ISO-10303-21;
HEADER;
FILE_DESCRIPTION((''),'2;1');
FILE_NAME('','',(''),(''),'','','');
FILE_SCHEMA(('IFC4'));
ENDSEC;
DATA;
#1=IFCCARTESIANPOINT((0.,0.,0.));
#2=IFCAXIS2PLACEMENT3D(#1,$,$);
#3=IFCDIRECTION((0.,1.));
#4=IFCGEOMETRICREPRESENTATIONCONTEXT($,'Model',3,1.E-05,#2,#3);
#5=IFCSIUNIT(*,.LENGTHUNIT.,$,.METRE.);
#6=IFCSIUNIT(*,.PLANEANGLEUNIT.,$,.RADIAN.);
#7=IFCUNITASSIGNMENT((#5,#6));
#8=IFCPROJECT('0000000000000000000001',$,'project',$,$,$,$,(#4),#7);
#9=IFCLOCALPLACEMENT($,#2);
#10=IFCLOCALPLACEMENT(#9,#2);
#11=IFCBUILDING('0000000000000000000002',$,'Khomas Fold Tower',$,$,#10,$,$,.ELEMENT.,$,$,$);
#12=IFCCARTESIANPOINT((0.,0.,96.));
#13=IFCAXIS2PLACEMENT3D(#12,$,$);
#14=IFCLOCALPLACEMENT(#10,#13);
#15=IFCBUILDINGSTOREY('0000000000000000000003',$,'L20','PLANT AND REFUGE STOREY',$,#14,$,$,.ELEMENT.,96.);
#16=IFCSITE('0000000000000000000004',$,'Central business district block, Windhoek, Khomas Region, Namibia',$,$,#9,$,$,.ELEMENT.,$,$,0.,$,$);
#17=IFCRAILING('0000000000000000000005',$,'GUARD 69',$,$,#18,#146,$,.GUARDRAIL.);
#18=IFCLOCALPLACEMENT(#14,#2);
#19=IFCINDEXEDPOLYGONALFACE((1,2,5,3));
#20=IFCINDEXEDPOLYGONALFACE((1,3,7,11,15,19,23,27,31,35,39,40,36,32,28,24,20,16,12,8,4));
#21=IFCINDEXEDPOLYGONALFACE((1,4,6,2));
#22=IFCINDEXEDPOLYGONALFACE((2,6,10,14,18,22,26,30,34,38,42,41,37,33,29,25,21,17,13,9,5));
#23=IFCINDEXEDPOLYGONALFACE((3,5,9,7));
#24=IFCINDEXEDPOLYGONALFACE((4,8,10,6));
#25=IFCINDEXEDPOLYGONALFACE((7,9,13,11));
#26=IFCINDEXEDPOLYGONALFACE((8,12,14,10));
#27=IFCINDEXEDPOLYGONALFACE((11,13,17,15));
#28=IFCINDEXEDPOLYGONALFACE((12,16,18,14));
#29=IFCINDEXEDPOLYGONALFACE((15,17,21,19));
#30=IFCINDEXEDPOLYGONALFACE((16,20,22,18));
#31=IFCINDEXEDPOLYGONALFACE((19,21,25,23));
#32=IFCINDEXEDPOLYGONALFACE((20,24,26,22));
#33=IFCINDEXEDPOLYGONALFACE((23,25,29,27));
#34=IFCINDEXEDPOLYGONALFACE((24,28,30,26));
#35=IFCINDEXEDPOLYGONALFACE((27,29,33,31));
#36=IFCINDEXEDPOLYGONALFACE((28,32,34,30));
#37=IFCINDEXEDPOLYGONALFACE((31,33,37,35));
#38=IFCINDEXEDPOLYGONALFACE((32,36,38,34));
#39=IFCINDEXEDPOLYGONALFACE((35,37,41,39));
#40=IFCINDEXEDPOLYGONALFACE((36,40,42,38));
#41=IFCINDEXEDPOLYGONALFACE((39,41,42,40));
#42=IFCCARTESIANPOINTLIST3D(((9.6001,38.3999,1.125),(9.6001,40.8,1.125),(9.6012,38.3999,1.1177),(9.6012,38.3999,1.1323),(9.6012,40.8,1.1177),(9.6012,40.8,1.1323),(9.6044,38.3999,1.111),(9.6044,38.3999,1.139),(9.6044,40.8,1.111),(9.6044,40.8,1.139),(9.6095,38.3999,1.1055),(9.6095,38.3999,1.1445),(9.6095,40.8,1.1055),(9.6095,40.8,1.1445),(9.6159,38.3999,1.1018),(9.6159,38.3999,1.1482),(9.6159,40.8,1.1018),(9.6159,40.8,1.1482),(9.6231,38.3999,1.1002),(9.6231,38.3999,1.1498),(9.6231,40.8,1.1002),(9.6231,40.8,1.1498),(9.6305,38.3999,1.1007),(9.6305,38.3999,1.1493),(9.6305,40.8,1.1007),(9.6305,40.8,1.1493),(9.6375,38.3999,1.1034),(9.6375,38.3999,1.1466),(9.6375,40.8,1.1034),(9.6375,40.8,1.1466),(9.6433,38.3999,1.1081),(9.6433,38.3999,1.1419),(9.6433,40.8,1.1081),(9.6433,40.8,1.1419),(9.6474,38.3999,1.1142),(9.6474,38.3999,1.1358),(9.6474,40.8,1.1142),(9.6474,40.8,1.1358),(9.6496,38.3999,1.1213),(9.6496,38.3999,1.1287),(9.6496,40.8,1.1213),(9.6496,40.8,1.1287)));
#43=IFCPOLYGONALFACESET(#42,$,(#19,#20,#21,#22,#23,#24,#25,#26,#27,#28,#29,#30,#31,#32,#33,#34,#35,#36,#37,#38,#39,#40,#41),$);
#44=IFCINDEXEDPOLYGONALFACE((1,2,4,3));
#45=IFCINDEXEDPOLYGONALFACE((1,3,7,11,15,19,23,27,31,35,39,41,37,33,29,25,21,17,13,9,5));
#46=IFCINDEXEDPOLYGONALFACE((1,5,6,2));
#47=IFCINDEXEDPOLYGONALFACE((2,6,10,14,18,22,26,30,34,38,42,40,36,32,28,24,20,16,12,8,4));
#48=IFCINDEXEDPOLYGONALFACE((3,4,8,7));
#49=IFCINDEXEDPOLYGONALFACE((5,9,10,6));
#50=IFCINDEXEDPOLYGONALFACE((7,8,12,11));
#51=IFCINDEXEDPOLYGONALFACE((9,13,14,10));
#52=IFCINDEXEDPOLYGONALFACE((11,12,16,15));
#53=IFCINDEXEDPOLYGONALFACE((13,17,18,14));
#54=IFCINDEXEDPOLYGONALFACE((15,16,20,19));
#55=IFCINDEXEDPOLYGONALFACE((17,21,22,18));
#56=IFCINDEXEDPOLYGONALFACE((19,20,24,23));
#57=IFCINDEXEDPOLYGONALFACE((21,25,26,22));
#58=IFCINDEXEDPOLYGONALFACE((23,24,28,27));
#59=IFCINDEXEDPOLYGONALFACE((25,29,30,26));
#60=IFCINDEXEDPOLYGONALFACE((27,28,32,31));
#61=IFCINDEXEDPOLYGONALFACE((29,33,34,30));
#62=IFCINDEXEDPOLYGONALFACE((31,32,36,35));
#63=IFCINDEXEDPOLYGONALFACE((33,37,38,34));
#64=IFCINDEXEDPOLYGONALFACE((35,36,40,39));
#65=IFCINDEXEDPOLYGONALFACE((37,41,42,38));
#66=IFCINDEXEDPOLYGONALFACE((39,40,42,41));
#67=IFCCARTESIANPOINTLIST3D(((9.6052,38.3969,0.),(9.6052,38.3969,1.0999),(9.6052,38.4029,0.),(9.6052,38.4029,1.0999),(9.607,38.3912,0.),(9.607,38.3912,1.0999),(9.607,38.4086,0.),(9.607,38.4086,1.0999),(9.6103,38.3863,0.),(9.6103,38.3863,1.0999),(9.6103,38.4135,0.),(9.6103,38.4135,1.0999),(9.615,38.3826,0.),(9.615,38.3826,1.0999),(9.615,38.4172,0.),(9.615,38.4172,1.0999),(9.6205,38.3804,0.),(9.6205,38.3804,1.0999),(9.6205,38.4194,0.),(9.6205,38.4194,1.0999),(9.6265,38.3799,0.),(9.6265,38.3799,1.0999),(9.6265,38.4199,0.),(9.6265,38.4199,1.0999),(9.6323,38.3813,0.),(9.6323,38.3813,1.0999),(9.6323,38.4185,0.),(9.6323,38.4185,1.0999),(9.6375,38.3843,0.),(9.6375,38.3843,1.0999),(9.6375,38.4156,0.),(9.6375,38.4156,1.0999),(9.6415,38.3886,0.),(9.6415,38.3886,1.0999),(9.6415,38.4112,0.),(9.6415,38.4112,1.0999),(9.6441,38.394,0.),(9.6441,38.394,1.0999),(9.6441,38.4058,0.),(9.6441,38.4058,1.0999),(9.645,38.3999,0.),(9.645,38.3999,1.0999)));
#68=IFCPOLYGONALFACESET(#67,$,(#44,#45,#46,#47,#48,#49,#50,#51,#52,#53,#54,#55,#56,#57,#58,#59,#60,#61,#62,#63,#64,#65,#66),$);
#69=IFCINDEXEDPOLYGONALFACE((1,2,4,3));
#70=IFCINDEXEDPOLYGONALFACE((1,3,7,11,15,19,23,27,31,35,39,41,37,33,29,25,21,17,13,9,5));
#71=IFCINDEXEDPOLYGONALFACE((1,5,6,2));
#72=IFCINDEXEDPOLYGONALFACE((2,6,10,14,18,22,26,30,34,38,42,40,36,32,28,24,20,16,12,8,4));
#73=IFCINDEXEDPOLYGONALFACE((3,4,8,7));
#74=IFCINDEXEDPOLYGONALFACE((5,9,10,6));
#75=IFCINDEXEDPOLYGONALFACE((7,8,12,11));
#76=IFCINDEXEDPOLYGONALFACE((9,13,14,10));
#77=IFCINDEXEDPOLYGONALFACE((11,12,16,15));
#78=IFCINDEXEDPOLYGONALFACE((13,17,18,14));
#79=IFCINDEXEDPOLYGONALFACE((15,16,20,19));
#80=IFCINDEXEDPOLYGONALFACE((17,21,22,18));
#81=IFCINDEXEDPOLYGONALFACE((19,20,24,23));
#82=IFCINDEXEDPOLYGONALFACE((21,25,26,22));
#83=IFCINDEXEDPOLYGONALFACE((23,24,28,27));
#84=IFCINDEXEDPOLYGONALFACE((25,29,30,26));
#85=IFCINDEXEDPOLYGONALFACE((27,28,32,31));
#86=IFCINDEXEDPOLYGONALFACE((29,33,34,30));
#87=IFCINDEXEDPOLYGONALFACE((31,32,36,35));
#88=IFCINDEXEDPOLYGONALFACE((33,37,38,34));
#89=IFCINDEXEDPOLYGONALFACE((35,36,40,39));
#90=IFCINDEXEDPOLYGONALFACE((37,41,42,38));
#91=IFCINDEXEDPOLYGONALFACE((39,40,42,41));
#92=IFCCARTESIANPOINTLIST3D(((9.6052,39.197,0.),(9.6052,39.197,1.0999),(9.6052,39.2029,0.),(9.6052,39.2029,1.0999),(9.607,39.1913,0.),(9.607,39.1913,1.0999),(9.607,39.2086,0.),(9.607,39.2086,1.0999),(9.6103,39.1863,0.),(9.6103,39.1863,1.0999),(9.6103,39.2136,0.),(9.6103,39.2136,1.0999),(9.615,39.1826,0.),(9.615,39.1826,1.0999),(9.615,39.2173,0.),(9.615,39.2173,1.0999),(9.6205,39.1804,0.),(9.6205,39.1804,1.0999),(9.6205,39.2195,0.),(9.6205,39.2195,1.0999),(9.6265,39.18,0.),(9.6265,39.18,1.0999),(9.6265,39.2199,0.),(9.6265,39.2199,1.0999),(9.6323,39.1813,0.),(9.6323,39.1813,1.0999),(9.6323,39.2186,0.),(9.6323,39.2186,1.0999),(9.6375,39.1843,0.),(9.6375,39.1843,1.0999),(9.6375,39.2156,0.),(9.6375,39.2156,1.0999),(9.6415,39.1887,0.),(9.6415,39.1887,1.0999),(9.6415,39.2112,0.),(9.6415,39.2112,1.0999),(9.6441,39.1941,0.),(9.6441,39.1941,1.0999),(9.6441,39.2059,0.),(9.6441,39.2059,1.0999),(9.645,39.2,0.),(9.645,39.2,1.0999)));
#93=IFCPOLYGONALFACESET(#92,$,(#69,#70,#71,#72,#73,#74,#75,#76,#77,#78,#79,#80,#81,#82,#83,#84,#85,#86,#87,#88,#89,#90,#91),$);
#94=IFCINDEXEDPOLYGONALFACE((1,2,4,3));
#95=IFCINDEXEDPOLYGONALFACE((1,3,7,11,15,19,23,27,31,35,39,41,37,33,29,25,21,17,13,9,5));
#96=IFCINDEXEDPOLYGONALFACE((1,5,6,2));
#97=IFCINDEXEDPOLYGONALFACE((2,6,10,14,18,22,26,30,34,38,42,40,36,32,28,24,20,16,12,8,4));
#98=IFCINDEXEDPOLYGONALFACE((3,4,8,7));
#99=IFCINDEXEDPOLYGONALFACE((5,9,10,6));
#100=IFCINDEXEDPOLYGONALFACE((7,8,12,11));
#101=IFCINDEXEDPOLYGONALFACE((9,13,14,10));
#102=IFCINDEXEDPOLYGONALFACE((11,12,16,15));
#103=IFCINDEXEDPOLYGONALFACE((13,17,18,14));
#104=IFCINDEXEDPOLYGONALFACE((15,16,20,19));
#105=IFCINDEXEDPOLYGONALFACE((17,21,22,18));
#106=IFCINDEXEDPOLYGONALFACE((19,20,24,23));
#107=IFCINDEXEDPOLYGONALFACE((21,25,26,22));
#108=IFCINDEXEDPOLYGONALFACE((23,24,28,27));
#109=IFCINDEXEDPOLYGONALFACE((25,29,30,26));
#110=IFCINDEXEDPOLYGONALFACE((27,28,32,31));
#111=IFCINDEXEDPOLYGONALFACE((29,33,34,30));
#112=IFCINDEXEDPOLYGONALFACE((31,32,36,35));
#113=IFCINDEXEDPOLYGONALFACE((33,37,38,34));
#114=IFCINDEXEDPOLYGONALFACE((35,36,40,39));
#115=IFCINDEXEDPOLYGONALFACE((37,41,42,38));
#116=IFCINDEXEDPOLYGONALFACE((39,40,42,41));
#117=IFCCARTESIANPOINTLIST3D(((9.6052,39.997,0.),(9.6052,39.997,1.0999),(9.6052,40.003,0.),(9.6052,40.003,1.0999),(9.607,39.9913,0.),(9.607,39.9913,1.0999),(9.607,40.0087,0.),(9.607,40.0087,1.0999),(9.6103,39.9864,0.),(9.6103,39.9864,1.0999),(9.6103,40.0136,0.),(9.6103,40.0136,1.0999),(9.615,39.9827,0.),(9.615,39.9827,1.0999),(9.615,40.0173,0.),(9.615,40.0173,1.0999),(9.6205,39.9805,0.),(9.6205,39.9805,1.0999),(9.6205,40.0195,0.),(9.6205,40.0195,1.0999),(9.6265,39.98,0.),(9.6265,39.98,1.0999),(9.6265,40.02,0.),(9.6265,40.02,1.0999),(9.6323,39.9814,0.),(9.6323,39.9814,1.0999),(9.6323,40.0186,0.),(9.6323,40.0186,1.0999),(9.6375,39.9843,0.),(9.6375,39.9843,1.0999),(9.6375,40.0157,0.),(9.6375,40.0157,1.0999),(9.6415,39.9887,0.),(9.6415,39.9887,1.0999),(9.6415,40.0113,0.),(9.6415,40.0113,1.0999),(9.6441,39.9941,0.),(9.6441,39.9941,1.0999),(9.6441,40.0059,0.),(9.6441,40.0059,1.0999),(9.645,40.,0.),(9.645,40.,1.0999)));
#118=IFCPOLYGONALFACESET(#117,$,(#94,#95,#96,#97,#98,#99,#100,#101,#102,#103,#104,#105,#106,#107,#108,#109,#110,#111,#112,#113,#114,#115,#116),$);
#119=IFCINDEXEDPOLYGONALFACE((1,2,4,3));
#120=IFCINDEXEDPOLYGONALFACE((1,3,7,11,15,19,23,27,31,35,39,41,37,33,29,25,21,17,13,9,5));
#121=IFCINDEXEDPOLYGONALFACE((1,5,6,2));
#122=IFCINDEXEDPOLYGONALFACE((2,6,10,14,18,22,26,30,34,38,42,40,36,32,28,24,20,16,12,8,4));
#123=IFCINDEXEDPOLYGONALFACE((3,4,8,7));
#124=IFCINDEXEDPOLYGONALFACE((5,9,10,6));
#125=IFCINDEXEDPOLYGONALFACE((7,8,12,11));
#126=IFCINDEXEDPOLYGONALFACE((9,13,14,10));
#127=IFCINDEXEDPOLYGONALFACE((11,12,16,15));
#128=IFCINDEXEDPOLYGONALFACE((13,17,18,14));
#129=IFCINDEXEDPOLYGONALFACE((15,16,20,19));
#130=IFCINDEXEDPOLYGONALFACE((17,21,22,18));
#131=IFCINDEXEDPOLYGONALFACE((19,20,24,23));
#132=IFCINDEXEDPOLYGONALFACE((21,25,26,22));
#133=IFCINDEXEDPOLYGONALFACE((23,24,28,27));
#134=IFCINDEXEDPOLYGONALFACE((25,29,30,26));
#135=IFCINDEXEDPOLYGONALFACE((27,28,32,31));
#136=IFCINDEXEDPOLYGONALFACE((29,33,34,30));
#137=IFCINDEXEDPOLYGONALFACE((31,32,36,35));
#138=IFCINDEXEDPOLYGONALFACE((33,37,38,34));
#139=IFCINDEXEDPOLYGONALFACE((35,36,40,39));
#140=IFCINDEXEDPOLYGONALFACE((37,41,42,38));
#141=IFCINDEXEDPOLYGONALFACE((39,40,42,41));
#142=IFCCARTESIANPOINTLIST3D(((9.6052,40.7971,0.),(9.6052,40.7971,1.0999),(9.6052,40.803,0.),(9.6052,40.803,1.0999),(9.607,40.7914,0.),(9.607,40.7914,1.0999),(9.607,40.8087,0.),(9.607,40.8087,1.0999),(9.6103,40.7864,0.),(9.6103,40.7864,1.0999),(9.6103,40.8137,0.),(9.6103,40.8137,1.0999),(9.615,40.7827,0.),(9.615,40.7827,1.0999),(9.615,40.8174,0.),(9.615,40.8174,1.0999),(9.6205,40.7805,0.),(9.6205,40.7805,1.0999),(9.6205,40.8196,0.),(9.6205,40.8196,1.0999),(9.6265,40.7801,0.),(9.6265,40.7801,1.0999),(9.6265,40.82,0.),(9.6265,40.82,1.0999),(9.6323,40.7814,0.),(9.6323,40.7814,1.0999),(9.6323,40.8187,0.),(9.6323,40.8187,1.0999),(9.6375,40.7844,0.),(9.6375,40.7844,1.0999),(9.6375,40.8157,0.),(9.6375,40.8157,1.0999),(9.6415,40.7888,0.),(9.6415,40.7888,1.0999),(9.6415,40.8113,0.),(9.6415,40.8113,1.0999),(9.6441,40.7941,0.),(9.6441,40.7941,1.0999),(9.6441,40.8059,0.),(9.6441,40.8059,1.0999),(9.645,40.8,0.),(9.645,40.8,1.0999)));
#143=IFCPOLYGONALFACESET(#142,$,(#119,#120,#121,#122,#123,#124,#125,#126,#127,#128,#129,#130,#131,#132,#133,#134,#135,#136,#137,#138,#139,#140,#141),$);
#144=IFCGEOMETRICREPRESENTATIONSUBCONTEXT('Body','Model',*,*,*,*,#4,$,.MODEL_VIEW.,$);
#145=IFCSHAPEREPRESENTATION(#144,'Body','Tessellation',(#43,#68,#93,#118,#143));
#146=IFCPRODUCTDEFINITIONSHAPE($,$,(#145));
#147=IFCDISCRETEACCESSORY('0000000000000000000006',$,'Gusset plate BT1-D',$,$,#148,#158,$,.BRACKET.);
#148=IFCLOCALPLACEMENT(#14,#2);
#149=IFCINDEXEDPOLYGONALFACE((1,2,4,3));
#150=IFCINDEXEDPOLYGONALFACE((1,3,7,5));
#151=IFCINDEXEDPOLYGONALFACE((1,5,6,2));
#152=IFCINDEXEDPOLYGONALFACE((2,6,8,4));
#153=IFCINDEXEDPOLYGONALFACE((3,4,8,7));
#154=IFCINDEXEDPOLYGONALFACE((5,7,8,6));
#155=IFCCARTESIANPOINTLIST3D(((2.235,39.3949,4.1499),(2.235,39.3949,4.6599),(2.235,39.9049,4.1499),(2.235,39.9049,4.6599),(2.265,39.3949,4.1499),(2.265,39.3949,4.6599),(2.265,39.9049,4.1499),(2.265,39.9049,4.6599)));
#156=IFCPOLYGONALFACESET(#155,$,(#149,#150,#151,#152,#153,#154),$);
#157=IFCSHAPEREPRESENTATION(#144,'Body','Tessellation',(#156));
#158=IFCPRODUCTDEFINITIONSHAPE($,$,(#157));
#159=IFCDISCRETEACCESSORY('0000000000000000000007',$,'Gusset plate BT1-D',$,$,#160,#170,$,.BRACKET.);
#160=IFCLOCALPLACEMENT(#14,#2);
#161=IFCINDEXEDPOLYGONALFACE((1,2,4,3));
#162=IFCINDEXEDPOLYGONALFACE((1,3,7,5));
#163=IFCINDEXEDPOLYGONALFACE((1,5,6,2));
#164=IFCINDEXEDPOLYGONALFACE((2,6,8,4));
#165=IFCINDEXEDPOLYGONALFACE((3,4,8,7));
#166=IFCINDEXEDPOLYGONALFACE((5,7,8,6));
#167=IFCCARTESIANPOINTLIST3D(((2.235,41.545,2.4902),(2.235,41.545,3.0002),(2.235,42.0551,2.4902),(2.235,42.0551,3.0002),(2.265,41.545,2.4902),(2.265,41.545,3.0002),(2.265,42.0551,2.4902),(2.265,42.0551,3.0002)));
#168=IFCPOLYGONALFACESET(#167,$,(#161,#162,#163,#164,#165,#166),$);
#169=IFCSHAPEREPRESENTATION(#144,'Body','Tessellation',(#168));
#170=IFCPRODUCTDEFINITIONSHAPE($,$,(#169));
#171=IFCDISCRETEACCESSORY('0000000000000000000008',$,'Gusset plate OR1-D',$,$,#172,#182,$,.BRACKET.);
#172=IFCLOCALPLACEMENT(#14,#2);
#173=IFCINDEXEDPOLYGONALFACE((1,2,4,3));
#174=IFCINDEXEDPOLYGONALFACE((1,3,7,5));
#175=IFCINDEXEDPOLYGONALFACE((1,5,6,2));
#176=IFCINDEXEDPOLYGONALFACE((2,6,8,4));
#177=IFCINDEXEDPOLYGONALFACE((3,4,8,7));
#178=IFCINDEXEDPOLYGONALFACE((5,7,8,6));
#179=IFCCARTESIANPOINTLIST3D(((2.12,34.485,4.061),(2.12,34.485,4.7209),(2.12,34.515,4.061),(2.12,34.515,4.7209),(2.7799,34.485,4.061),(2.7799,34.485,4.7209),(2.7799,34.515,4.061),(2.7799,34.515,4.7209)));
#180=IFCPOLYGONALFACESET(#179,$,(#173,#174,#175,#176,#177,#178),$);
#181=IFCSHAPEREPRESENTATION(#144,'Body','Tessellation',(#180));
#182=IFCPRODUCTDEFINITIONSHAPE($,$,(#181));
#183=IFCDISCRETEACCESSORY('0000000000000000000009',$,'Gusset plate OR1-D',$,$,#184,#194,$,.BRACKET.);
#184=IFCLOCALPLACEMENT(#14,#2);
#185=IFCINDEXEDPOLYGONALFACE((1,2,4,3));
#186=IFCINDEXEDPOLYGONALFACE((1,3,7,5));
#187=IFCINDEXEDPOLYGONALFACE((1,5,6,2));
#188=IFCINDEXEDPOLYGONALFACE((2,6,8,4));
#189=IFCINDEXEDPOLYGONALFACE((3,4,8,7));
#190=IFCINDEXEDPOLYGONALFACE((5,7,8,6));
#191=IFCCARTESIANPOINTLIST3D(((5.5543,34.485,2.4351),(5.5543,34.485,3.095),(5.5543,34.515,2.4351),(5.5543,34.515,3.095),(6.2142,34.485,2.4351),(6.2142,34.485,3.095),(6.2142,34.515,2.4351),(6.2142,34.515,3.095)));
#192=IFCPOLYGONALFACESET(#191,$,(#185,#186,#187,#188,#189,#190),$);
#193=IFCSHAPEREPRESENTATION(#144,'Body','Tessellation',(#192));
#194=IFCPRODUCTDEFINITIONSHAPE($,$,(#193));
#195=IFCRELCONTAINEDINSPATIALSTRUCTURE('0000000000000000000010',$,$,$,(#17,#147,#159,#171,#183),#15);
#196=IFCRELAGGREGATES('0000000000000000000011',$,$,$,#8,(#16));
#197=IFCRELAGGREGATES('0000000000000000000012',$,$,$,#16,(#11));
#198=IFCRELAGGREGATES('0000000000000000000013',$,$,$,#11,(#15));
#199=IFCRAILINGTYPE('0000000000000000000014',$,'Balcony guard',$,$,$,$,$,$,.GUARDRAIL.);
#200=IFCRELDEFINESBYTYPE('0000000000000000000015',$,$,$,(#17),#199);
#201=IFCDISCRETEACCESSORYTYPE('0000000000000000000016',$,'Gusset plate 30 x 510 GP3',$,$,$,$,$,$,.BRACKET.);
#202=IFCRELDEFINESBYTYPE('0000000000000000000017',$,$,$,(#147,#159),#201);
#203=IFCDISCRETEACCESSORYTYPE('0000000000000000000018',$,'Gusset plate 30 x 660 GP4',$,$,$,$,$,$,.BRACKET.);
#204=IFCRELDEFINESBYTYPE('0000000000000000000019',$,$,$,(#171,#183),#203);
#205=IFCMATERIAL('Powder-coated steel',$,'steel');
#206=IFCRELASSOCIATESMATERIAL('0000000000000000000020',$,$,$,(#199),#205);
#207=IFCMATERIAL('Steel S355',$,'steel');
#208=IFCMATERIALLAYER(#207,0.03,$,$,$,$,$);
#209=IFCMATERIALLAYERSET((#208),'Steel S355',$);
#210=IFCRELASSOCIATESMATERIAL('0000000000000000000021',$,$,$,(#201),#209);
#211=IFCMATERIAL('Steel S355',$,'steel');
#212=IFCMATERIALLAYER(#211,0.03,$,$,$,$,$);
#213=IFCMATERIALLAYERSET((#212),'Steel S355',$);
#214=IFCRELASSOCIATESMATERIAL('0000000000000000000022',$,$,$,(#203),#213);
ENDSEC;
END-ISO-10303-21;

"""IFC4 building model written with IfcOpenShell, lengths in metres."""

from ifc_helpers import new_model, si_unit, direction, frame, origin, origin_2d, place, context, subcontext, project, spatial, rectangle, circle, extrude, source, transform, mapped, material, layer, layer_set, type_object, element, save


model = new_model("IFC4")

# Units and contexts
model_context = context("Model", 3, precision=1e-05, world=origin(), true_north=direction((0.0, 1.0)))
body_context = subcontext(model_context, "Body", "Model", "MODEL_VIEW")
ifc_project = project(units=[si_unit("LENGTHUNIT", "METRE"), si_unit("PLANEANGLEUNIT", "RADIAN")], contexts=[model_context])

# Site, building, storey
site_placement = place(None, origin())
site = spatial("IfcSite", under=ifc_project, at=site_placement, Name="Central business district block, Windhoek, Khomas Region, Namibia", CompositionType="ELEMENT", RefElevation=0.0)
building_placement = place(site_placement, origin())
building = spatial("IfcBuilding", under=site, at=building_placement, Name="Khomas Fold Tower", CompositionType="ELEMENT")
storey_placement = place(building_placement, frame((0.0, 0.0, 96.0)))
storey = spatial("IfcBuildingStorey", under=building, at=storey_placement, Name="L20", Description="PLANT AND REFUGE STOREY", CompositionType="ELEMENT", Elevation=96.0)

# Railing
ifc_material_1 = material(Name="Powder-coated steel", Category="steel")
railing_type = type_object("IfcRailingType", Name="Balcony guard", PredefinedType="GUARDRAIL", material=ifc_material_1)
shared_shape_1 = source(origin(), body_context, "Body", "SweptSolid", [
    extrude(circle(Radius=0.0249, at=origin_2d()), frame((0.0, 0.0, 1.125), z_axis=(0.0, 1.0, 0.0), x_axis=(-1.0, 0.0, 0.0)), (0.0, 0.0, 1.0), 2.4001),
    extrude(circle(Radius=0.02, at=origin_2d()), origin(), (0.0, 0.0, 1.0), 1.0999),
    extrude(circle(Radius=0.02, at=origin_2d()), frame((0.0, 0.8, 0.0)), (0.0, 0.0, 1.0), 1.0999),
    extrude(circle(Radius=0.02, at=origin_2d()), frame((0.0, 1.6001, 0.0)), (0.0, 0.0, 1.0), 1.0999),
    extrude(circle(Radius=0.02, at=origin_2d()), frame((0.0, 2.4001, 0.0)), (0.0, 0.0, 1.0), 1.0999),
])
for number, where, name in (
    (1, (9.625, 38.3999, 0.0), "GUARD 69"),
):
    element("IfcRailing", number, at=place(storey_placement, frame(where)), inside=storey, type_object=railing_type, Name=name, PredefinedType="GUARDRAIL", context=body_context, shape_type="MappedRepresentation", body=[
        mapped(shared_shape_1, transform((0.0, 0.0, 0.0))),
    ])

# Discrete accessories
ifc_material_2 = material(Name="Steel S355", Category="steel")
ifc_layer_1 = layer(ifc_material_2, 0.03)
ifc_layer_set_1 = layer_set([ifc_layer_1], Name="Steel S355")
discrete_accessory_type_1 = type_object("IfcDiscreteAccessoryType", Name="Gusset plate 30 x 510 GP3", PredefinedType="BRACKET", material=ifc_layer_set_1)
shared_shape_2 = source(origin(), body_context, "Body", "SweptSolid", [
    extrude(rectangle(XDim=0.51, YDim=0.03, at=origin_2d()), origin(), (0.0, 0.0, 1.0), 0.51),
])
for number, where, z_axis, x_axis, name in (
    (2, (2.25, 39.6499, 4.1499), (0.0, 0.0, 1.0), (0.0, 1.0, 0.0), "Gusset plate BT1-D"),
    (3, (2.25, 41.8, 2.4902), (0.0, 0.0, 1.0), (0.0, 1.0, 0.0), "Gusset plate BT1-D"),
):
    element("IfcDiscreteAccessory", number, at=place(storey_placement, frame(where, z_axis=z_axis, x_axis=x_axis)), inside=storey, type_object=discrete_accessory_type_1, Name=name, PredefinedType="BRACKET", context=body_context, shape_type="MappedRepresentation", body=[
        mapped(shared_shape_2, transform((0.0, 0.0, 0.0))),
    ])
ifc_material_3 = material(Name="Steel S355", Category="steel")
ifc_layer_2 = layer(ifc_material_3, 0.03)
ifc_layer_set_2 = layer_set([ifc_layer_2], Name="Steel S355")
discrete_accessory_type_2 = type_object("IfcDiscreteAccessoryType", Name="Gusset plate 30 x 660 GP4", PredefinedType="BRACKET", material=ifc_layer_set_2)
shared_shape_3 = source(origin(), body_context, "Body", "SweptSolid", [
    extrude(rectangle(XDim=0.6599, YDim=0.03, at=origin_2d()), origin(), (0.0, 0.0, 1.0), 0.6599),
])
for number, where, z_axis, x_axis, name in (
    (4, (2.45, 34.5, 4.061), (0.0, 0.0, 1.0), (1.0, 0.0, 0.0), "Gusset plate OR1-D"),
    (5, (5.8843, 34.5, 2.4351), (0.0, 0.0, 1.0), (1.0, 0.0, 0.0), "Gusset plate OR1-D"),
):
    element("IfcDiscreteAccessory", number, at=place(storey_placement, frame(where, z_axis=z_axis, x_axis=x_axis)), inside=storey, type_object=discrete_accessory_type_2, Name=name, PredefinedType="BRACKET", context=body_context, shape_type="MappedRepresentation", body=[
        mapped(shared_shape_3, transform((0.0, 0.0, 0.0))),
    ])

save(model, "model.ifc")
